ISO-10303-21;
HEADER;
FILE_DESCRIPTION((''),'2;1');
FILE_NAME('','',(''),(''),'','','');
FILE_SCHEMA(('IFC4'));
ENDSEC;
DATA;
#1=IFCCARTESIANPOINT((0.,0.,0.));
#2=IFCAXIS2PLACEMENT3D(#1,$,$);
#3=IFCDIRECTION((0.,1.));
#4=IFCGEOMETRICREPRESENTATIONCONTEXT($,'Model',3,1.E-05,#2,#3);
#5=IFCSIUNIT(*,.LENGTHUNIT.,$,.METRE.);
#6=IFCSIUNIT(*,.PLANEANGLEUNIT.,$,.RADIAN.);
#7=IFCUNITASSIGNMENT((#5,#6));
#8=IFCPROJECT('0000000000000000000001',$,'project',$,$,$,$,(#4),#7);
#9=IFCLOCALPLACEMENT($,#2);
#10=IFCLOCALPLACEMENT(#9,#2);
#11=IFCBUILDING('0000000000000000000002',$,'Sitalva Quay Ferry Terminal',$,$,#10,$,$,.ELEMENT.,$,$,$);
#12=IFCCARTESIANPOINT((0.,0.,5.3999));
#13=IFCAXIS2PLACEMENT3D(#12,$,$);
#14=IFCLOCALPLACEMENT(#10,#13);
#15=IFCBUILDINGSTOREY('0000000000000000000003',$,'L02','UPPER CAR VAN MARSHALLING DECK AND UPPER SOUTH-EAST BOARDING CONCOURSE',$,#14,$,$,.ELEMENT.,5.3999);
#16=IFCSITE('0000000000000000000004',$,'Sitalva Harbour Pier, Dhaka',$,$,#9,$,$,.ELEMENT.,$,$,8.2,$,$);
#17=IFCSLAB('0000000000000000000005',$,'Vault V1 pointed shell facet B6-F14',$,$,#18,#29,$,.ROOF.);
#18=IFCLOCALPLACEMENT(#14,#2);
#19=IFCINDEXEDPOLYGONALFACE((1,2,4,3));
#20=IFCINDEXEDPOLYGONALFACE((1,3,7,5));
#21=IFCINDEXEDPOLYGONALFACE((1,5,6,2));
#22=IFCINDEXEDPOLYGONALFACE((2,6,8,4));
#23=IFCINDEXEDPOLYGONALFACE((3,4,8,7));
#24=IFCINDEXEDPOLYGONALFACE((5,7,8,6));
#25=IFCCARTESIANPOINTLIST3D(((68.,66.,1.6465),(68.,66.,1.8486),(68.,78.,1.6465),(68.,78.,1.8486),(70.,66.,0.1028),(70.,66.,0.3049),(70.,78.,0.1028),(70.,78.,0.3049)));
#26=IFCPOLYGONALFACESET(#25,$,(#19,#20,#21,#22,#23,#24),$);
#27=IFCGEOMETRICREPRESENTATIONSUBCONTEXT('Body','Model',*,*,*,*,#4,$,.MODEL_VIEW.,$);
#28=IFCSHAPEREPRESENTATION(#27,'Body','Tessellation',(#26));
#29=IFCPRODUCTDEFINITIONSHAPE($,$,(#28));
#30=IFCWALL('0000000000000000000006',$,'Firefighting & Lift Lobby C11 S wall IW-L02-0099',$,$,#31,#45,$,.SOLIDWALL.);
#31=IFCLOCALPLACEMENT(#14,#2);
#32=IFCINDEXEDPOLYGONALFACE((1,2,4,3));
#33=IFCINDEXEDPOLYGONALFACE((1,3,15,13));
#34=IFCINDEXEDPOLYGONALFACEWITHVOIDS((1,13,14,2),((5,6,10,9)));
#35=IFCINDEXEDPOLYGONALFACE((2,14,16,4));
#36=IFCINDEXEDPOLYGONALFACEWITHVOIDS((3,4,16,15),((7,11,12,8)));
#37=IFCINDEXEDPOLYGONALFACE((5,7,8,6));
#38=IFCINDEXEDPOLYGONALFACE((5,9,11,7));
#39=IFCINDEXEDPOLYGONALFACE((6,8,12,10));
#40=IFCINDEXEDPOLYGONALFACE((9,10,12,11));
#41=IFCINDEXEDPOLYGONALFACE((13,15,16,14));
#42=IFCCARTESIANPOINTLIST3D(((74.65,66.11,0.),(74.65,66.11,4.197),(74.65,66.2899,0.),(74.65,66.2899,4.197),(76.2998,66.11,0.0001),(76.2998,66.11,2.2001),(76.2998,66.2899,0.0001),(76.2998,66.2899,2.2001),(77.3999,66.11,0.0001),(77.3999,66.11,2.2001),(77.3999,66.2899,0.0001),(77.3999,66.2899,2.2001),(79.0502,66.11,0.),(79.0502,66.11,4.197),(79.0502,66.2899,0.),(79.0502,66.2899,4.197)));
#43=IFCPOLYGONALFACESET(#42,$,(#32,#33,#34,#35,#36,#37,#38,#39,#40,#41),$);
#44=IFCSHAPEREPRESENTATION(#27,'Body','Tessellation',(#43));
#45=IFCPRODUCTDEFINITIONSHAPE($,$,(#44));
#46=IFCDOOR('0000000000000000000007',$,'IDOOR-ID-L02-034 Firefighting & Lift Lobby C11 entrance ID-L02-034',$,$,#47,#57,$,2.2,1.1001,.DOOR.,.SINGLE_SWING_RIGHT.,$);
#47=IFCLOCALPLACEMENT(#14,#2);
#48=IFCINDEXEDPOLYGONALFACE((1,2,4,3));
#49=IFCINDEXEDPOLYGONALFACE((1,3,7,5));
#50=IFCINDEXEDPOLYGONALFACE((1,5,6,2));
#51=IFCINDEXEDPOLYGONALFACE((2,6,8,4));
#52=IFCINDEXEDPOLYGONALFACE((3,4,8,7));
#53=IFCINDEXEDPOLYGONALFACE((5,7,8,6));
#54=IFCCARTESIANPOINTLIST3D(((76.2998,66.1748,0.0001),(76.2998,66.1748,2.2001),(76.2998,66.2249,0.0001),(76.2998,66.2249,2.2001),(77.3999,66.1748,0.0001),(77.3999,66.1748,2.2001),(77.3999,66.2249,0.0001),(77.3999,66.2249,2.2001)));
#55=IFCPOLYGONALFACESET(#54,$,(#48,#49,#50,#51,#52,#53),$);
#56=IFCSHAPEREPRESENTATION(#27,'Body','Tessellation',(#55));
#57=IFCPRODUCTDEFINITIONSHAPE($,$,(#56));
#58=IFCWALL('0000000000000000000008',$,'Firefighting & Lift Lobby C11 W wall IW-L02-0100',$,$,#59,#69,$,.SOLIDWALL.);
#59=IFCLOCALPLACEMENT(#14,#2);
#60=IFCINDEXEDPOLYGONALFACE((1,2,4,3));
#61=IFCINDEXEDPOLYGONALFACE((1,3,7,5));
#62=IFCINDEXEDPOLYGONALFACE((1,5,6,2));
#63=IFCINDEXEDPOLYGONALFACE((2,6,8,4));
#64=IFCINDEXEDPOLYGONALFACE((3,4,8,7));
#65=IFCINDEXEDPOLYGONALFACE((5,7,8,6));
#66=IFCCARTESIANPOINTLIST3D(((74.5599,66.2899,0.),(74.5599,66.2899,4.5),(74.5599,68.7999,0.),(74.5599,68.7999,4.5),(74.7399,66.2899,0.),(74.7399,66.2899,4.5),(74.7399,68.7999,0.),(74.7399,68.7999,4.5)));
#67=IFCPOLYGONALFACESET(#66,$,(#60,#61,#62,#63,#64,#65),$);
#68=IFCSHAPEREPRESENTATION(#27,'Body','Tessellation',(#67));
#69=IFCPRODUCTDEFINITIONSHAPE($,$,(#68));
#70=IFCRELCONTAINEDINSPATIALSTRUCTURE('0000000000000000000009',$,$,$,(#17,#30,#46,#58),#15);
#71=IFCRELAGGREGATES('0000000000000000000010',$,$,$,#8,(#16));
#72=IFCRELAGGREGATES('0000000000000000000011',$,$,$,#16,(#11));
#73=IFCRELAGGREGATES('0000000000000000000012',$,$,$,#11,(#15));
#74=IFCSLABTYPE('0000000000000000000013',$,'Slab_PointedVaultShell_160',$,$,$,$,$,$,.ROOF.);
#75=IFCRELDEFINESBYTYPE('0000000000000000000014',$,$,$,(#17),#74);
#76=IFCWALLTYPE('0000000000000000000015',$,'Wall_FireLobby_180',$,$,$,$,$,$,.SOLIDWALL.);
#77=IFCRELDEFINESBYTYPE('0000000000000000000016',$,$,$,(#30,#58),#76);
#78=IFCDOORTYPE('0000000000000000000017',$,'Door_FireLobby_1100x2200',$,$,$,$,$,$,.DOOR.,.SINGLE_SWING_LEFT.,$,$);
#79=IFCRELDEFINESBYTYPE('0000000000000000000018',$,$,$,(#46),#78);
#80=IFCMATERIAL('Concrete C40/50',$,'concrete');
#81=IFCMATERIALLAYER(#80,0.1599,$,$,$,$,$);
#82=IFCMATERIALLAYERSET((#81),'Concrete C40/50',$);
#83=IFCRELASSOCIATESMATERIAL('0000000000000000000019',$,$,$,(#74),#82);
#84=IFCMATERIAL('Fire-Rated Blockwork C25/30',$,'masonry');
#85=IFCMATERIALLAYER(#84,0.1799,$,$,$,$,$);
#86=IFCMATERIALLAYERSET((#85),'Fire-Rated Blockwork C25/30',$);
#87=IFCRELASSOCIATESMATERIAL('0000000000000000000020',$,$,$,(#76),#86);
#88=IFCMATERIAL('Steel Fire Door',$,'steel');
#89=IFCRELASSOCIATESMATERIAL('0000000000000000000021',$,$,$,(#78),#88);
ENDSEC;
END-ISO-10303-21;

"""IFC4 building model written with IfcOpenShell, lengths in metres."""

from ifc_helpers import new_model, si_unit, direction, frame, frame_2d, origin, place, context, subcontext, project, spatial, polyline, rectangle, outline, extrude, material, layer, layer_set, type_object, element, fill, save


model = new_model("IFC4")

# Units and contexts
model_context = context("Model", 3, precision=1e-05, world=origin(), true_north=direction((0.0, 1.0)))
body_context = subcontext(model_context, "Body", "Model", "MODEL_VIEW")
ifc_project = project(units=[si_unit("LENGTHUNIT", "METRE"), si_unit("PLANEANGLEUNIT", "RADIAN")], contexts=[model_context])

# Site, building, storey
site_placement = place(None, origin())
site = spatial("IfcSite", under=ifc_project, at=site_placement, Name="Sitalva Harbour Pier, Dhaka", CompositionType="ELEMENT", RefElevation=8.2)
building_placement = place(site_placement, origin())
building = spatial("IfcBuilding", under=site, at=building_placement, Name="Sitalva Quay Ferry Terminal", CompositionType="ELEMENT")
storey_placement = place(building_placement, frame((0.0, 0.0, 5.3999)))
storey = spatial("IfcBuildingStorey", under=building, at=storey_placement, Name="L02", Description="UPPER CAR VAN MARSHALLING DECK AND UPPER SOUTH-EAST BOARDING CONCOURSE", CompositionType="ELEMENT", Elevation=5.3999)

# Slab
ifc_material_1 = material(Name="Concrete C40/50", Category="concrete")
ifc_layer_1 = layer(ifc_material_1, 0.1599)
ifc_layer_set_1 = layer_set([ifc_layer_1], Name="Concrete C40/50")
slab_type = type_object("IfcSlabType", Name="Slab_PointedVaultShell_160", PredefinedType="ROOF", material=ifc_layer_set_1)
slab_placement = place(storey_placement, frame((68.0, 66.0, 1.8486), z_axis=(0.611013, 0.0, 0.791621), x_axis=(0.791621, 0.0, -0.611013)))
element("IfcSlab", 1, at=slab_placement, inside=storey, type_object=slab_type, Name="Vault V1 pointed shell facet B6-F14", PredefinedType="ROOF", context=body_context, shape_type="SweptSolid", body=[
    extrude(outline(polyline([(0.0, 0.0), (2.5265, 0.0), (2.5265, 12.0), (0.0, 12.0), (0.0, 0.0)])), origin(), (0.611013, 0.0, -0.791621), 0.2021),
])

# Wall, opening, door
ifc_material_2 = material(Name="Fire-Rated Blockwork C25/30", Category="masonry")
ifc_layer_2 = layer(ifc_material_2, 0.1799)
ifc_layer_set_2 = layer_set([ifc_layer_2], Name="Fire-Rated Blockwork C25/30")
wall_type = type_object("IfcWallType", Name="Wall_FireLobby_180", PredefinedType="SOLIDWALL", material=ifc_layer_set_2)
wall_1_placement = place(storey_placement, frame((74.6499, 66.2, 0.0), z_axis=(0.0, 0.0, 1.0), x_axis=(1.0, 0.0, 0.0)))
wall_1 = element("IfcWall", 2, at=wall_1_placement, inside=storey, type_object=wall_type, Name="Firefighting & Lift Lobby C11 S wall IW-L02-0099", PredefinedType="SOLIDWALL", context=body_context, shape_type="SweptSolid", body=[
    extrude(rectangle(XDim=4.4001, YDim=0.1799, at=frame_2d((2.2002, 0.0))), origin(), (0.0, 0.0, 1.0), 4.197),
])
opening_placement = place(wall_1_placement, frame((1.6499, 0.0, 0.0)))
opening = element("IfcOpeningElement", 3, at=opening_placement, cuts=wall_1, PredefinedType="OPENING", context=body_context, shape_type="SweptSolid", body=[
    extrude(rectangle(XDim=1.1001, YDim=2.2, at=frame_2d((0.55, 1.1001))), frame((0.0, 0.0999, 0.0), z_axis=(0.0, -1.0, 0.0), x_axis=(1.0, 0.0, 0.0)), (0.0, 0.0, 1.0), 0.2),
])
ifc_material_3 = material(Name="Steel Fire Door", Category="steel")
door_type = type_object("IfcDoorType", Name="Door_FireLobby_1100x2200", OperationType="SINGLE_SWING_LEFT", PredefinedType="DOOR", material=ifc_material_3)
door_placement = place(opening_placement, origin())
door = element("IfcDoor", 4, at=door_placement, inside=storey, type_object=door_type, Name="IDOOR-ID-L02-034 Firefighting & Lift Lobby C11 entrance ID-L02-034", OperationType="SINGLE_SWING_RIGHT", OverallHeight=2.2, OverallWidth=1.1001, PredefinedType="DOOR", context=body_context, shape_type="SweptSolid", body=[
    extrude(rectangle(XDim=1.1001, YDim=2.2, at=frame_2d((0.55, 1.1001))), frame((0.0, 0.0249, 0.0), z_axis=(0.0, -1.0, 0.0), x_axis=(1.0, 0.0, 0.0)), (0.0, 0.0, 1.0), 0.05),
])
fill(opening, door)

# Wall
wall_2_placement = place(storey_placement, frame((74.6499, 66.29, 0.0), z_axis=(0.0, 0.0, 1.0), x_axis=(0.0, 1.0, 0.0)))
element("IfcWall", 5, at=wall_2_placement, inside=storey, type_object=wall_type, Name="Firefighting & Lift Lobby C11 W wall IW-L02-0100", PredefinedType="SOLIDWALL", context=body_context, shape_type="SweptSolid", body=[
    extrude(rectangle(XDim=2.51, YDim=0.1799, at=frame_2d((1.2549, 0.0))), origin(), (0.0, 0.0, 1.0), 4.5),
])

save(model, "model.ifc")
